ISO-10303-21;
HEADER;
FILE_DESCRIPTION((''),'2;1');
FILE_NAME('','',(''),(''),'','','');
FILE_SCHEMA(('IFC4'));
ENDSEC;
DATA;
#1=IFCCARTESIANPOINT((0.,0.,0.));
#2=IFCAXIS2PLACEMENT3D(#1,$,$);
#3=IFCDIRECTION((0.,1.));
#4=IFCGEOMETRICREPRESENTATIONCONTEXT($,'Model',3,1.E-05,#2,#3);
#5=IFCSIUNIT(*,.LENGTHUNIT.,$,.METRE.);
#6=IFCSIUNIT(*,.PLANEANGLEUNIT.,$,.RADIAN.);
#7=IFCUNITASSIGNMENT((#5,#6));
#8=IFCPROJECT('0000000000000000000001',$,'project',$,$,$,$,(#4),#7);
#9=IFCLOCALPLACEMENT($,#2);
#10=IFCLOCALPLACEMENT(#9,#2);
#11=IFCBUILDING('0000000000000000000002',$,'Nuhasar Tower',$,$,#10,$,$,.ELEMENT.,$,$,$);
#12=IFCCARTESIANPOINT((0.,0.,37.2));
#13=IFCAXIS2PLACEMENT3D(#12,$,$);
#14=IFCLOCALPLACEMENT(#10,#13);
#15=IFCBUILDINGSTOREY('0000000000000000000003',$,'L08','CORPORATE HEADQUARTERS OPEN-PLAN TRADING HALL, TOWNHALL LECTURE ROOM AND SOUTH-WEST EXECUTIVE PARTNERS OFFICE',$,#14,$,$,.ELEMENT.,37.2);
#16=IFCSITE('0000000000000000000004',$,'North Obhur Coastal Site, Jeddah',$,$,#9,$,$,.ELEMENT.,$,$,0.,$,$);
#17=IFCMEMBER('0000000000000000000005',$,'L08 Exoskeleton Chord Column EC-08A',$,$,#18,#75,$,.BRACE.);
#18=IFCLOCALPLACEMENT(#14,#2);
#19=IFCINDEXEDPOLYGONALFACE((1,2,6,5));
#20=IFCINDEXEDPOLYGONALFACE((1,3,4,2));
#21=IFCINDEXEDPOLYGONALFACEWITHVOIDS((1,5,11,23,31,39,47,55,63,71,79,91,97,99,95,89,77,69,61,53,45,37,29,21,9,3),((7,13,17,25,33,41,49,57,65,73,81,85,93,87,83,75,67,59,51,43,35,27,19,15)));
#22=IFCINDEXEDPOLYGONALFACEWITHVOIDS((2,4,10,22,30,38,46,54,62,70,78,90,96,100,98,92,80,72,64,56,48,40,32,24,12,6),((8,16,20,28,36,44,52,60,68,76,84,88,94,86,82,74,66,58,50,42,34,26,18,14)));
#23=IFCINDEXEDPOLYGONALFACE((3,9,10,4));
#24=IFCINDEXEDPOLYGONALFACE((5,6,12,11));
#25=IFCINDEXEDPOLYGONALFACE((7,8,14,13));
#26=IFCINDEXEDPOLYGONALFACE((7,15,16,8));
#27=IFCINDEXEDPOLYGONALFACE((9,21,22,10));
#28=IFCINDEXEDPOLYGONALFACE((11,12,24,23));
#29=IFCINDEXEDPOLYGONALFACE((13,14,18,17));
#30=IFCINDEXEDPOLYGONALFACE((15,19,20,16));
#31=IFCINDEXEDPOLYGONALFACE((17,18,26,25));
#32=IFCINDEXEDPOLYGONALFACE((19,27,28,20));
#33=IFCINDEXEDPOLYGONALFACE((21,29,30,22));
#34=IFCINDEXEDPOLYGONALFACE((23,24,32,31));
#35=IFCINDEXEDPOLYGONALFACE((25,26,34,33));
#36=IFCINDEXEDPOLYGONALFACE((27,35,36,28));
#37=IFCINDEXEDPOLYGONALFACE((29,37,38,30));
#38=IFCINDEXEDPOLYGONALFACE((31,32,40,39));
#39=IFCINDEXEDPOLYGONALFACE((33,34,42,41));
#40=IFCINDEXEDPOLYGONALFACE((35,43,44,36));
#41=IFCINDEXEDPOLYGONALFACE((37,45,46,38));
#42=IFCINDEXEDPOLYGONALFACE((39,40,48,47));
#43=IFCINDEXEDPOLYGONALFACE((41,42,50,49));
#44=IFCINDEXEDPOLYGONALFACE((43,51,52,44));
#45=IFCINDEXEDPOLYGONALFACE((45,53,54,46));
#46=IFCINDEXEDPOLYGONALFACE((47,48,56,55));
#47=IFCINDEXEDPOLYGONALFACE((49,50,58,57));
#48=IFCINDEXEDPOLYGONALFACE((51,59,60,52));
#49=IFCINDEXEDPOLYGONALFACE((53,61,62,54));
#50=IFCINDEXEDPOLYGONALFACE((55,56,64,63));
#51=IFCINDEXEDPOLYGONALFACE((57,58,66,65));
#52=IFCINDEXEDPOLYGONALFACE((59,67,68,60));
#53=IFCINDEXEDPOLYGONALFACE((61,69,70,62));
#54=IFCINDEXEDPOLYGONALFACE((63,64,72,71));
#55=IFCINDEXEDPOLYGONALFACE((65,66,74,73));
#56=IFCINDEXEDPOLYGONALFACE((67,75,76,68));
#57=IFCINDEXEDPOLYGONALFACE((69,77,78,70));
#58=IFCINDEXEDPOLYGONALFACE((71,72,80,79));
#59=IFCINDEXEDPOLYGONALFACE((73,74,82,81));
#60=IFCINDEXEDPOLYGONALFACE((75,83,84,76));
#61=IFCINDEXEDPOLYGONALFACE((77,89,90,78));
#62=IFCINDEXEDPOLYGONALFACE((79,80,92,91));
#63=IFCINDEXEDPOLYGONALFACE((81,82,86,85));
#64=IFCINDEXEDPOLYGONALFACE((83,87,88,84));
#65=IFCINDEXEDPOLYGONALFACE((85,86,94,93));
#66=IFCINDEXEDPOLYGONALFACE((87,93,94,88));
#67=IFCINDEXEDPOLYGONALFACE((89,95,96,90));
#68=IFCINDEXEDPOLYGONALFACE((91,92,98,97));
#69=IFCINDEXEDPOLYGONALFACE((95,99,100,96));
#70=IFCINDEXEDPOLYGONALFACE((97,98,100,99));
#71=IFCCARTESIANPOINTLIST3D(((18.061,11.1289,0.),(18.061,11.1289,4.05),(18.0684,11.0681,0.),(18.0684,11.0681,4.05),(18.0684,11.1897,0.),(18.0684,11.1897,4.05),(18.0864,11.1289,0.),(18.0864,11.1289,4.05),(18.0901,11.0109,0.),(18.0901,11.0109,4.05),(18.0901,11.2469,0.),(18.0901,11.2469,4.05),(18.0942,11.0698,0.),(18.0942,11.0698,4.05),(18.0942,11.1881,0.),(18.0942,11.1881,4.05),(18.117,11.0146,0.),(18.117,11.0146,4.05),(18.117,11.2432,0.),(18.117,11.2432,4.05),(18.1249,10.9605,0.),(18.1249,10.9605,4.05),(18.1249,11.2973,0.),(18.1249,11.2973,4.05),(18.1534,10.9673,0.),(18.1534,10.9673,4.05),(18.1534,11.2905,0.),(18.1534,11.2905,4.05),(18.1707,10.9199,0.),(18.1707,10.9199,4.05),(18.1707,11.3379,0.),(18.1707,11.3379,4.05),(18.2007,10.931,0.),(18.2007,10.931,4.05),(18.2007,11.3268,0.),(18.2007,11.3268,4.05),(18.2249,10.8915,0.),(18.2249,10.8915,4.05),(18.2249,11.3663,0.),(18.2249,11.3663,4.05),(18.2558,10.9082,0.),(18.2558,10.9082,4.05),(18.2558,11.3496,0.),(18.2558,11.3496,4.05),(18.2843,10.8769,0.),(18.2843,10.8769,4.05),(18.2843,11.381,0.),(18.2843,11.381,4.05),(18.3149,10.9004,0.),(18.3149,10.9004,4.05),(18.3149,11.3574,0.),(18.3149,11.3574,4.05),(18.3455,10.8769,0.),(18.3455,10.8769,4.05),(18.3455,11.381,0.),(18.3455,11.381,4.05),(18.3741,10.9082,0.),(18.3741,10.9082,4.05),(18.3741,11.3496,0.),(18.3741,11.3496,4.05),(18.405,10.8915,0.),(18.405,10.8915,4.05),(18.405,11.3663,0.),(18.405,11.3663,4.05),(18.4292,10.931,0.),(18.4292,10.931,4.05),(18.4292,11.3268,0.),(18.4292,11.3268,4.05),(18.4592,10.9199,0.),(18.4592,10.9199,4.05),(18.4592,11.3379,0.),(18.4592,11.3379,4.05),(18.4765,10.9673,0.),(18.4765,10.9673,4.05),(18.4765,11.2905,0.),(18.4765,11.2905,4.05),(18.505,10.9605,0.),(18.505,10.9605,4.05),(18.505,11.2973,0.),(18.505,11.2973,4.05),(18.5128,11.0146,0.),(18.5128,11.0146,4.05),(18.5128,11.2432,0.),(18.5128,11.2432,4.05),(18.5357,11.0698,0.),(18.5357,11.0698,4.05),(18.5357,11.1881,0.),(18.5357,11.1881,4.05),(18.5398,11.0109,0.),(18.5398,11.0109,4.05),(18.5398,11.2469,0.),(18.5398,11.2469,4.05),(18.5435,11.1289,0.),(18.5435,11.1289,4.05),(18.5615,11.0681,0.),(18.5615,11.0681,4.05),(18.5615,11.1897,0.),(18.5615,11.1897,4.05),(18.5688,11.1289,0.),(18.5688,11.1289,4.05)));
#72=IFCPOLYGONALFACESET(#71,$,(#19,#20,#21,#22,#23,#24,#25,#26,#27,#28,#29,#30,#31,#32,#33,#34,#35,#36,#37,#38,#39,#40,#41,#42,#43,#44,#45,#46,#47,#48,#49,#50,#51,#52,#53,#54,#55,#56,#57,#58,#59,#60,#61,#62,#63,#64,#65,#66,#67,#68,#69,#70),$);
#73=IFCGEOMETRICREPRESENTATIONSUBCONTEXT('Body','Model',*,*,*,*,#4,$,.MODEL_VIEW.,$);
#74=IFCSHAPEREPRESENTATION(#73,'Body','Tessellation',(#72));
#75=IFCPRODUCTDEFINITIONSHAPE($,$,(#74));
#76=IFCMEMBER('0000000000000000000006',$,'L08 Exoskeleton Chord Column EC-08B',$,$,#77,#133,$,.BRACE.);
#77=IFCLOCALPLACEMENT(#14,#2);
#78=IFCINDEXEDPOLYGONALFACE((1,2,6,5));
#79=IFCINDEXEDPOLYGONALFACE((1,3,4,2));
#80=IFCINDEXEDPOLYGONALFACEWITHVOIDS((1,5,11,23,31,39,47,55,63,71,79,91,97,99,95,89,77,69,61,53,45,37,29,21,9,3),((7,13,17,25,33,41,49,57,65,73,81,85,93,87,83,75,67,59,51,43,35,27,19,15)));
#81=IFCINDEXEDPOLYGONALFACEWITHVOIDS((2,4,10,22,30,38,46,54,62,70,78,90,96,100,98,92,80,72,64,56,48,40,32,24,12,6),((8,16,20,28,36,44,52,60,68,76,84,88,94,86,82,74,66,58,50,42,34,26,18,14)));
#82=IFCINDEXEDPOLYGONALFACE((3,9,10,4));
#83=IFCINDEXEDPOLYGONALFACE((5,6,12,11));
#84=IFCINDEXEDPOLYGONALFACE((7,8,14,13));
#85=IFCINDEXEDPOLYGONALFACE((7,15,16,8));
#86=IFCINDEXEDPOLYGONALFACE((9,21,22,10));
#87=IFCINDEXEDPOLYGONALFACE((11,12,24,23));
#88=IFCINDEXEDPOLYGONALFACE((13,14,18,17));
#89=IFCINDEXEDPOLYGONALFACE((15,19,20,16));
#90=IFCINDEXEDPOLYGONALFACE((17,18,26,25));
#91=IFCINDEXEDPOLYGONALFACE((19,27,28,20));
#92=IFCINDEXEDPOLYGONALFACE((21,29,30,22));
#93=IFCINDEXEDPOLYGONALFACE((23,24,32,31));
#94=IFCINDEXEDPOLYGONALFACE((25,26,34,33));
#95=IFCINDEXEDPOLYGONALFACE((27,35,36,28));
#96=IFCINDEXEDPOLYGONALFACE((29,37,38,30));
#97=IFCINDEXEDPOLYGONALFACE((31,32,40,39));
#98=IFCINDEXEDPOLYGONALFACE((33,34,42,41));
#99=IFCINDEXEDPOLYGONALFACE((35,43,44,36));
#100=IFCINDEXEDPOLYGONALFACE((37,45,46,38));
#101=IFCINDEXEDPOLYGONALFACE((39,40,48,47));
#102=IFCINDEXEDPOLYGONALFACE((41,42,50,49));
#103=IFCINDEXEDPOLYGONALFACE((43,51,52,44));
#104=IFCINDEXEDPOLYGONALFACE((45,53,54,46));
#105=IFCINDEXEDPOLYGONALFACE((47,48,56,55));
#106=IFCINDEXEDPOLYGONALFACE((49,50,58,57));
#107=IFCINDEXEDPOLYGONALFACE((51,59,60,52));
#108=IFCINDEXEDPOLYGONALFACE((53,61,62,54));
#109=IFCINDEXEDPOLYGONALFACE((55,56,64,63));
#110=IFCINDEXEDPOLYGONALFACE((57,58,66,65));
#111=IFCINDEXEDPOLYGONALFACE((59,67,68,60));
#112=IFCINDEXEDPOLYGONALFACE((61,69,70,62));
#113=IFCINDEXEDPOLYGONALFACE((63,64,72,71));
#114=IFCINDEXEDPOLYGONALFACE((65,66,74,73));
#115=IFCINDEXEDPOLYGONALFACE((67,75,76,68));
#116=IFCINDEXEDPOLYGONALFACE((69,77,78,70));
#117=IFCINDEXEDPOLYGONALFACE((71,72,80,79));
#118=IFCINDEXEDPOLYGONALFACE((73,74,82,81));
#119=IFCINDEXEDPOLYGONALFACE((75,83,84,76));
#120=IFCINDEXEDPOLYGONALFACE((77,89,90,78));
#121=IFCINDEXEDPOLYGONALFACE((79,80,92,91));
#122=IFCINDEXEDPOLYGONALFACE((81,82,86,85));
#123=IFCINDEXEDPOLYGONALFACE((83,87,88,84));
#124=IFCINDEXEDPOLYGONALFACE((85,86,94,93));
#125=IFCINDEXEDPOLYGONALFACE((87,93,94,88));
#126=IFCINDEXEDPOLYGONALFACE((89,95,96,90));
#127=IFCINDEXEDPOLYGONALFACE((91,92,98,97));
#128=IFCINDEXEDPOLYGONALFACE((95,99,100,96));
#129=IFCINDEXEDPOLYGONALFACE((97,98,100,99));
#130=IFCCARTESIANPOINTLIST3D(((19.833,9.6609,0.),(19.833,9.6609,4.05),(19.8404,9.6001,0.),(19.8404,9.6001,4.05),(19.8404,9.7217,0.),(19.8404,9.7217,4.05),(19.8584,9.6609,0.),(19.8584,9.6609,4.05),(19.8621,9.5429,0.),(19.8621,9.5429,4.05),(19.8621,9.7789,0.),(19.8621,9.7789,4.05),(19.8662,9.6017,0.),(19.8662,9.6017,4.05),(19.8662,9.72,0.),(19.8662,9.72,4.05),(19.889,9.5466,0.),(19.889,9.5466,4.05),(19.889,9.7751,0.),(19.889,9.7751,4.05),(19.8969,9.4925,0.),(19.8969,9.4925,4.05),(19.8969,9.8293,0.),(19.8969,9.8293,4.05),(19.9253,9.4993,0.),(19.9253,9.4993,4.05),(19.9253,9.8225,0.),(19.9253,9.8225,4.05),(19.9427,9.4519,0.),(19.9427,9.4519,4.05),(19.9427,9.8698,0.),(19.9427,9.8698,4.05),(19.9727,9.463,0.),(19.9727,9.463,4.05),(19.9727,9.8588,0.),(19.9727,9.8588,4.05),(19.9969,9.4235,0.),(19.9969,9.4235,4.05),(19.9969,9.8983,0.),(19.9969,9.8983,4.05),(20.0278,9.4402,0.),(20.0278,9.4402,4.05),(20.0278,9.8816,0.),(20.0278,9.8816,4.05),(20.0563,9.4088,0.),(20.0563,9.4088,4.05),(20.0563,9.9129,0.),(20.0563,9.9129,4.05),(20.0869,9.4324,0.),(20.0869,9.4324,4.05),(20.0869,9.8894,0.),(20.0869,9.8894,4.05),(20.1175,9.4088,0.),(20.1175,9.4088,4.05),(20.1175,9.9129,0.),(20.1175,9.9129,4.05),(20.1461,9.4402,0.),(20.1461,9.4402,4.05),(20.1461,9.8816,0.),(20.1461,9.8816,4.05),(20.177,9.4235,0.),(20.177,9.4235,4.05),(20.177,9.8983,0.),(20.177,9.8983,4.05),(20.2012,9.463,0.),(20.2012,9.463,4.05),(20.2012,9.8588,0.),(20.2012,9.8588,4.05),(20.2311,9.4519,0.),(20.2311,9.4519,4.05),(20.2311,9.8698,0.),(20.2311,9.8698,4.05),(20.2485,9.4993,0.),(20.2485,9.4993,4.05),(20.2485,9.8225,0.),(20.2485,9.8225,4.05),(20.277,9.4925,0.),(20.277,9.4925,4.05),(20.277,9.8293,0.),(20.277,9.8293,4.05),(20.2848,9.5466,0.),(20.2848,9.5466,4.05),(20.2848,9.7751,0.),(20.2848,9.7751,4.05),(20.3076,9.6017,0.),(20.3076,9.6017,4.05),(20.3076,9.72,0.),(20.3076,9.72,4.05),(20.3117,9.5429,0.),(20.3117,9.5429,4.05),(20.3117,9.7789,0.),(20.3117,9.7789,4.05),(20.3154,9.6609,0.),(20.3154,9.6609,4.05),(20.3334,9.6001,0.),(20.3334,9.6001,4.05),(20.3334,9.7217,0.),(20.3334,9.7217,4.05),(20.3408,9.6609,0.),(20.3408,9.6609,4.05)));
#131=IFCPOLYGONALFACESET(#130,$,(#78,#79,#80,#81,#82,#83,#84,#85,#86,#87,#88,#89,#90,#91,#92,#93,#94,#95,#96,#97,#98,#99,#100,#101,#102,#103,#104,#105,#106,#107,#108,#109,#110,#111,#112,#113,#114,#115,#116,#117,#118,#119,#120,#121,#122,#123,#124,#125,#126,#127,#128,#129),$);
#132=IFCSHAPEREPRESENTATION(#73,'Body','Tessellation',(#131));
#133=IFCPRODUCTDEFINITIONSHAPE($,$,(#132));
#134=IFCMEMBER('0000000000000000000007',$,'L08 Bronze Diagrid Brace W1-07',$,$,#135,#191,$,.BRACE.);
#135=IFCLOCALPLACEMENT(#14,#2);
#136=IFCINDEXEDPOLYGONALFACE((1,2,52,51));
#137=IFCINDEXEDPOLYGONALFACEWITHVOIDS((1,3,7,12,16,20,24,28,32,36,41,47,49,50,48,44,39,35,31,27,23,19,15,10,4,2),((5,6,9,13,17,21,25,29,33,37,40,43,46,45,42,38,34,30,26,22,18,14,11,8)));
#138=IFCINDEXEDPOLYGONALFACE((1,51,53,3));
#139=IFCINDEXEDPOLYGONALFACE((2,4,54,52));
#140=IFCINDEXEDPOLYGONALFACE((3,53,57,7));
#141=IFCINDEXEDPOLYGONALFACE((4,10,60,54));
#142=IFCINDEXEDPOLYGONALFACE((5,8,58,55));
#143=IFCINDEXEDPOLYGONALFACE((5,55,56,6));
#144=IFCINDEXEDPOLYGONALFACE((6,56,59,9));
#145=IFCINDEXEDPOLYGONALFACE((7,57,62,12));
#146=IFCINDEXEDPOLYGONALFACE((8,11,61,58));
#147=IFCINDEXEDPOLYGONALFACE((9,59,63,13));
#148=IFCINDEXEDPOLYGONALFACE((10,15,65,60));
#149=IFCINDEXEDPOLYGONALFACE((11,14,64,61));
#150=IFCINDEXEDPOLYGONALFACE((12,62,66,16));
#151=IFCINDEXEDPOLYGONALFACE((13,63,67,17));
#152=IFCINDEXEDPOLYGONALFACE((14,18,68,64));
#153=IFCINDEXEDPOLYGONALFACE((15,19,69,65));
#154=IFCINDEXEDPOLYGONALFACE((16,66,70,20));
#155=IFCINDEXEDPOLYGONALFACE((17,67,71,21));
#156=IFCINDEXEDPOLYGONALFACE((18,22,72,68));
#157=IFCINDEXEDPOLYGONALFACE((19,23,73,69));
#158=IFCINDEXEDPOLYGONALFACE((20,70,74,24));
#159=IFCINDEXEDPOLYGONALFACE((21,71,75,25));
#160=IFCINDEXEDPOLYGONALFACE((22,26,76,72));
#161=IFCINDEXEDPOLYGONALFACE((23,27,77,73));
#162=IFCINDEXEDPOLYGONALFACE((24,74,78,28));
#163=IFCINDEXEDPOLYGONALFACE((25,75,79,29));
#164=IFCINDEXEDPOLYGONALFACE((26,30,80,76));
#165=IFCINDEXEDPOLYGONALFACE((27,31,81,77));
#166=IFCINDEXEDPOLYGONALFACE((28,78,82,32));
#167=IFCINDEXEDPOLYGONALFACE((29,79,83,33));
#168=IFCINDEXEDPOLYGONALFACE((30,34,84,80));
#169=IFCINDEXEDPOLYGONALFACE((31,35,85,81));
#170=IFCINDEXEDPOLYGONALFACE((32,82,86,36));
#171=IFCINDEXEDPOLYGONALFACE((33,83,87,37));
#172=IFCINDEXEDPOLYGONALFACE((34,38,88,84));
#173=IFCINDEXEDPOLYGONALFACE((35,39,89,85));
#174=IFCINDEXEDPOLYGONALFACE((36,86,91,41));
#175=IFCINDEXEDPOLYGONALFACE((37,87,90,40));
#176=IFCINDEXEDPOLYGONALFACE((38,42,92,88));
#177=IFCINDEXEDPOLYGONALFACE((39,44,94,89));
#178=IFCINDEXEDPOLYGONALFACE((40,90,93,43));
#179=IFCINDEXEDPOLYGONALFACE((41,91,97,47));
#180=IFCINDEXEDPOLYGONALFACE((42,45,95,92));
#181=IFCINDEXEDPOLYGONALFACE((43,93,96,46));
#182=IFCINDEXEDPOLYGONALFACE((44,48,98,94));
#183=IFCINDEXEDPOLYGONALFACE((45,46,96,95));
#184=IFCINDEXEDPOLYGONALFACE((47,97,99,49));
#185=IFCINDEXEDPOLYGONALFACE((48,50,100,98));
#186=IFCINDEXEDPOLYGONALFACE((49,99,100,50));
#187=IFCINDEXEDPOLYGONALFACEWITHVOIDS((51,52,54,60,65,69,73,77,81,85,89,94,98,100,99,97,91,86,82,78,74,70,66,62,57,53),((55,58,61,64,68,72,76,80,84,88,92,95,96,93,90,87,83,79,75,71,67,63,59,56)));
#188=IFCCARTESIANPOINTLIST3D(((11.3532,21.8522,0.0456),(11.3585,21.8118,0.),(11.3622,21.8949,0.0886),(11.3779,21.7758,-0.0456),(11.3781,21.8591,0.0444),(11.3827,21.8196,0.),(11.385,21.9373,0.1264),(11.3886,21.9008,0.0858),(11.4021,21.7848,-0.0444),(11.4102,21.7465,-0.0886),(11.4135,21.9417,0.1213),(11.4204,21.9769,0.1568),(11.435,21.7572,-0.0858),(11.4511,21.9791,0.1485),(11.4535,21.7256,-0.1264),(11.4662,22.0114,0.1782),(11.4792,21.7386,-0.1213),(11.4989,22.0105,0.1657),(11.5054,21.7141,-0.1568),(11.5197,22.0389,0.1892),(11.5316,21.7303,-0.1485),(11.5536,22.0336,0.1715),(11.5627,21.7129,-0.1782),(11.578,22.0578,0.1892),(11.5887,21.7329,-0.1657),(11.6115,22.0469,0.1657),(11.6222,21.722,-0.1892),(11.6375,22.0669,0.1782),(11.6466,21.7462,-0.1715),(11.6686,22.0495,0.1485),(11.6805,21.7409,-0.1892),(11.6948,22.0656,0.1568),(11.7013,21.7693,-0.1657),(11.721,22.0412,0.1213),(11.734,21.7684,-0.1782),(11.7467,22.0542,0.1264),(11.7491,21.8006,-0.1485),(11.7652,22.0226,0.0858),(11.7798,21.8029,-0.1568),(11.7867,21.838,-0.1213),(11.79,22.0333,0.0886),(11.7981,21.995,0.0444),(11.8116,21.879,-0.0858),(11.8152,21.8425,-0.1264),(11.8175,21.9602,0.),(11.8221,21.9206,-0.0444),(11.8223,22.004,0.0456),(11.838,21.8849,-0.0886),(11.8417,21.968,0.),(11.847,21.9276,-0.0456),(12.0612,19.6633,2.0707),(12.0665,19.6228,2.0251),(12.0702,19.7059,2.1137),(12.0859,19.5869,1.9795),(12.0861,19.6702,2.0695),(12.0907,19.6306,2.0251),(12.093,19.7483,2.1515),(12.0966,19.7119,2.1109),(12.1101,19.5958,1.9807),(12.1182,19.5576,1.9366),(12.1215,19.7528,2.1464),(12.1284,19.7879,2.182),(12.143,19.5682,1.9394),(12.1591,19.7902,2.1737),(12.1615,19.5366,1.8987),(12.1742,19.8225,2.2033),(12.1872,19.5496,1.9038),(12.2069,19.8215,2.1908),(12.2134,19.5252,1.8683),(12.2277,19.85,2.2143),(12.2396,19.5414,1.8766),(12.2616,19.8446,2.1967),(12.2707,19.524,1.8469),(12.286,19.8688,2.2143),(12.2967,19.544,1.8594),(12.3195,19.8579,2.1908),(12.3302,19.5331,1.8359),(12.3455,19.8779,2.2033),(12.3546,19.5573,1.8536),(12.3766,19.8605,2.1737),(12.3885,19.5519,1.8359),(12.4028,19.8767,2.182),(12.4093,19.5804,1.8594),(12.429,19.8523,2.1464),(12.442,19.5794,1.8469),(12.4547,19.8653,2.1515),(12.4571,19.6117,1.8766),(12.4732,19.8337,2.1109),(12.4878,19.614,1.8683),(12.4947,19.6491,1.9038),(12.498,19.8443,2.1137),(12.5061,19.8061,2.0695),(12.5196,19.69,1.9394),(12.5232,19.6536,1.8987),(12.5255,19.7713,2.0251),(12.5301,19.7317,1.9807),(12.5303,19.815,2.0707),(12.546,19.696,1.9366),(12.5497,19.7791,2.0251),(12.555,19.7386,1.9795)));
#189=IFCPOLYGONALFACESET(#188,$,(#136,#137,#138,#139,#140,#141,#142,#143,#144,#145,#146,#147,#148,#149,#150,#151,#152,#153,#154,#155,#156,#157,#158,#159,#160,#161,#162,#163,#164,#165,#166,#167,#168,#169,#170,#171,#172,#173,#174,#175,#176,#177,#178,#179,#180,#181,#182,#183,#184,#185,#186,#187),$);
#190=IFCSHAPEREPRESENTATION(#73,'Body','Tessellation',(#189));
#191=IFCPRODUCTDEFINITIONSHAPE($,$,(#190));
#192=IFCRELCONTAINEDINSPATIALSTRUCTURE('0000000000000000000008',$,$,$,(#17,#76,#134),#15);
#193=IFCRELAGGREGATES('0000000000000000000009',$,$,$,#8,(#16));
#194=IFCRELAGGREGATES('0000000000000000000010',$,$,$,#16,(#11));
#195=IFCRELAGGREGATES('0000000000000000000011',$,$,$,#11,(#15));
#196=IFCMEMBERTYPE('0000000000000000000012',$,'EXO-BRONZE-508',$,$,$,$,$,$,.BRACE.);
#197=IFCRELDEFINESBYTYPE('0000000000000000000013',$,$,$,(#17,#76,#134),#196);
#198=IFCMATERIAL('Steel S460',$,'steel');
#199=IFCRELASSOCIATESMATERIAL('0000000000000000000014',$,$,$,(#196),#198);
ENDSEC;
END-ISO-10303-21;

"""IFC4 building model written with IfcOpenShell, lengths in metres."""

from ifc_helpers import new_model, si_unit, direction, frame, origin, origin_2d, place, context, subcontext, project, spatial, hollow_circle, extrude, material, material_profile, profile_set, type_object, element, save


model = new_model("IFC4")

# Units and contexts
model_context = context("Model", 3, precision=1e-05, world=origin(), true_north=direction((0.0, 1.0)))
body_context = subcontext(model_context, "Body", "Model", "MODEL_VIEW")
ifc_project = project(units=[si_unit("LENGTHUNIT", "METRE"), si_unit("PLANEANGLEUNIT", "RADIAN")], contexts=[model_context])

# Site, building, storey
site_placement = place(None, origin())
site = spatial("IfcSite", under=ifc_project, at=site_placement, Name="North Obhur Coastal Site, Jeddah", CompositionType="ELEMENT", RefElevation=0.0)
building_placement = place(site_placement, origin())
building = spatial("IfcBuilding", under=site, at=building_placement, Name="Nuhasar Tower", CompositionType="ELEMENT")
storey_placement = place(building_placement, frame((0.0, 0.0, 37.2)))
storey = spatial("IfcBuildingStorey", under=building, at=storey_placement, Name="L08", Description="CORPORATE HEADQUARTERS OPEN-PLAN TRADING HALL, TOWNHALL LECTURE ROOM AND SOUTH-WEST EXECUTIVE PARTNERS OFFICE", CompositionType="ELEMENT", Elevation=37.2)

# Members
ifc_material_1 = material(Name="Steel S460", Category="steel")
ifc_material_profile_1 = material_profile(ifc_material_1, hollow_circle(Radius=0.2539, WallThickness=0.0254, at=origin_2d()), Name="HSS508X25.4")
ifc_profile_set_1 = profile_set([ifc_material_profile_1], Name="Steel S460")
member_type_1 = type_object("IfcMemberType", Name="EXO-BRONZE-508", PredefinedType="BRACE", material=ifc_profile_set_1)
for number, where, z_axis, x_axis, name in (
    (1, (18.3149, 11.1289, 0.0), (0.0, 0.0, 1.0), (1.0, 0.0, 0.0), "L08 Exoskeleton Chord Column EC-08A"),
    (2, (20.0869, 9.6609, 0.0), (0.0, 0.0, 1.0), (1.0, 0.0, 0.0), "L08 Exoskeleton Chord Column EC-08B"),
):
    element("IfcMember", number, at=place(storey_placement, frame(where, z_axis=z_axis, x_axis=x_axis)), inside=storey, type_object=member_type_1, Name=name, PredefinedType="BRACE", context=body_context, shape_type="SweptSolid", body=[
        extrude(hollow_circle(Radius=0.2539, WallThickness=0.0254, at=origin_2d()), origin(), (0.0, 0.0, 1.0), 4.05),
    ])
member_1_placement = place(storey_placement, frame((11.6001, 21.8899, 0.0), z_axis=(0.231, -0.714187, 0.660739), x_axis=(0.951468, 0.307747, 0.0)))
element("IfcMember", 3, at=member_1_placement, inside=storey, type_object=member_type_1, Name="L08 Bronze Diagrid Brace W1-07", PredefinedType="BRACE", context=body_context, shape_type="SweptSolid", body=[
    extrude(hollow_circle(Radius=0.2539, WallThickness=0.0254, at=origin_2d()), origin(), (0.0, 0.0, 1.0), 3.0649),
])

save(model, "model.ifc")
